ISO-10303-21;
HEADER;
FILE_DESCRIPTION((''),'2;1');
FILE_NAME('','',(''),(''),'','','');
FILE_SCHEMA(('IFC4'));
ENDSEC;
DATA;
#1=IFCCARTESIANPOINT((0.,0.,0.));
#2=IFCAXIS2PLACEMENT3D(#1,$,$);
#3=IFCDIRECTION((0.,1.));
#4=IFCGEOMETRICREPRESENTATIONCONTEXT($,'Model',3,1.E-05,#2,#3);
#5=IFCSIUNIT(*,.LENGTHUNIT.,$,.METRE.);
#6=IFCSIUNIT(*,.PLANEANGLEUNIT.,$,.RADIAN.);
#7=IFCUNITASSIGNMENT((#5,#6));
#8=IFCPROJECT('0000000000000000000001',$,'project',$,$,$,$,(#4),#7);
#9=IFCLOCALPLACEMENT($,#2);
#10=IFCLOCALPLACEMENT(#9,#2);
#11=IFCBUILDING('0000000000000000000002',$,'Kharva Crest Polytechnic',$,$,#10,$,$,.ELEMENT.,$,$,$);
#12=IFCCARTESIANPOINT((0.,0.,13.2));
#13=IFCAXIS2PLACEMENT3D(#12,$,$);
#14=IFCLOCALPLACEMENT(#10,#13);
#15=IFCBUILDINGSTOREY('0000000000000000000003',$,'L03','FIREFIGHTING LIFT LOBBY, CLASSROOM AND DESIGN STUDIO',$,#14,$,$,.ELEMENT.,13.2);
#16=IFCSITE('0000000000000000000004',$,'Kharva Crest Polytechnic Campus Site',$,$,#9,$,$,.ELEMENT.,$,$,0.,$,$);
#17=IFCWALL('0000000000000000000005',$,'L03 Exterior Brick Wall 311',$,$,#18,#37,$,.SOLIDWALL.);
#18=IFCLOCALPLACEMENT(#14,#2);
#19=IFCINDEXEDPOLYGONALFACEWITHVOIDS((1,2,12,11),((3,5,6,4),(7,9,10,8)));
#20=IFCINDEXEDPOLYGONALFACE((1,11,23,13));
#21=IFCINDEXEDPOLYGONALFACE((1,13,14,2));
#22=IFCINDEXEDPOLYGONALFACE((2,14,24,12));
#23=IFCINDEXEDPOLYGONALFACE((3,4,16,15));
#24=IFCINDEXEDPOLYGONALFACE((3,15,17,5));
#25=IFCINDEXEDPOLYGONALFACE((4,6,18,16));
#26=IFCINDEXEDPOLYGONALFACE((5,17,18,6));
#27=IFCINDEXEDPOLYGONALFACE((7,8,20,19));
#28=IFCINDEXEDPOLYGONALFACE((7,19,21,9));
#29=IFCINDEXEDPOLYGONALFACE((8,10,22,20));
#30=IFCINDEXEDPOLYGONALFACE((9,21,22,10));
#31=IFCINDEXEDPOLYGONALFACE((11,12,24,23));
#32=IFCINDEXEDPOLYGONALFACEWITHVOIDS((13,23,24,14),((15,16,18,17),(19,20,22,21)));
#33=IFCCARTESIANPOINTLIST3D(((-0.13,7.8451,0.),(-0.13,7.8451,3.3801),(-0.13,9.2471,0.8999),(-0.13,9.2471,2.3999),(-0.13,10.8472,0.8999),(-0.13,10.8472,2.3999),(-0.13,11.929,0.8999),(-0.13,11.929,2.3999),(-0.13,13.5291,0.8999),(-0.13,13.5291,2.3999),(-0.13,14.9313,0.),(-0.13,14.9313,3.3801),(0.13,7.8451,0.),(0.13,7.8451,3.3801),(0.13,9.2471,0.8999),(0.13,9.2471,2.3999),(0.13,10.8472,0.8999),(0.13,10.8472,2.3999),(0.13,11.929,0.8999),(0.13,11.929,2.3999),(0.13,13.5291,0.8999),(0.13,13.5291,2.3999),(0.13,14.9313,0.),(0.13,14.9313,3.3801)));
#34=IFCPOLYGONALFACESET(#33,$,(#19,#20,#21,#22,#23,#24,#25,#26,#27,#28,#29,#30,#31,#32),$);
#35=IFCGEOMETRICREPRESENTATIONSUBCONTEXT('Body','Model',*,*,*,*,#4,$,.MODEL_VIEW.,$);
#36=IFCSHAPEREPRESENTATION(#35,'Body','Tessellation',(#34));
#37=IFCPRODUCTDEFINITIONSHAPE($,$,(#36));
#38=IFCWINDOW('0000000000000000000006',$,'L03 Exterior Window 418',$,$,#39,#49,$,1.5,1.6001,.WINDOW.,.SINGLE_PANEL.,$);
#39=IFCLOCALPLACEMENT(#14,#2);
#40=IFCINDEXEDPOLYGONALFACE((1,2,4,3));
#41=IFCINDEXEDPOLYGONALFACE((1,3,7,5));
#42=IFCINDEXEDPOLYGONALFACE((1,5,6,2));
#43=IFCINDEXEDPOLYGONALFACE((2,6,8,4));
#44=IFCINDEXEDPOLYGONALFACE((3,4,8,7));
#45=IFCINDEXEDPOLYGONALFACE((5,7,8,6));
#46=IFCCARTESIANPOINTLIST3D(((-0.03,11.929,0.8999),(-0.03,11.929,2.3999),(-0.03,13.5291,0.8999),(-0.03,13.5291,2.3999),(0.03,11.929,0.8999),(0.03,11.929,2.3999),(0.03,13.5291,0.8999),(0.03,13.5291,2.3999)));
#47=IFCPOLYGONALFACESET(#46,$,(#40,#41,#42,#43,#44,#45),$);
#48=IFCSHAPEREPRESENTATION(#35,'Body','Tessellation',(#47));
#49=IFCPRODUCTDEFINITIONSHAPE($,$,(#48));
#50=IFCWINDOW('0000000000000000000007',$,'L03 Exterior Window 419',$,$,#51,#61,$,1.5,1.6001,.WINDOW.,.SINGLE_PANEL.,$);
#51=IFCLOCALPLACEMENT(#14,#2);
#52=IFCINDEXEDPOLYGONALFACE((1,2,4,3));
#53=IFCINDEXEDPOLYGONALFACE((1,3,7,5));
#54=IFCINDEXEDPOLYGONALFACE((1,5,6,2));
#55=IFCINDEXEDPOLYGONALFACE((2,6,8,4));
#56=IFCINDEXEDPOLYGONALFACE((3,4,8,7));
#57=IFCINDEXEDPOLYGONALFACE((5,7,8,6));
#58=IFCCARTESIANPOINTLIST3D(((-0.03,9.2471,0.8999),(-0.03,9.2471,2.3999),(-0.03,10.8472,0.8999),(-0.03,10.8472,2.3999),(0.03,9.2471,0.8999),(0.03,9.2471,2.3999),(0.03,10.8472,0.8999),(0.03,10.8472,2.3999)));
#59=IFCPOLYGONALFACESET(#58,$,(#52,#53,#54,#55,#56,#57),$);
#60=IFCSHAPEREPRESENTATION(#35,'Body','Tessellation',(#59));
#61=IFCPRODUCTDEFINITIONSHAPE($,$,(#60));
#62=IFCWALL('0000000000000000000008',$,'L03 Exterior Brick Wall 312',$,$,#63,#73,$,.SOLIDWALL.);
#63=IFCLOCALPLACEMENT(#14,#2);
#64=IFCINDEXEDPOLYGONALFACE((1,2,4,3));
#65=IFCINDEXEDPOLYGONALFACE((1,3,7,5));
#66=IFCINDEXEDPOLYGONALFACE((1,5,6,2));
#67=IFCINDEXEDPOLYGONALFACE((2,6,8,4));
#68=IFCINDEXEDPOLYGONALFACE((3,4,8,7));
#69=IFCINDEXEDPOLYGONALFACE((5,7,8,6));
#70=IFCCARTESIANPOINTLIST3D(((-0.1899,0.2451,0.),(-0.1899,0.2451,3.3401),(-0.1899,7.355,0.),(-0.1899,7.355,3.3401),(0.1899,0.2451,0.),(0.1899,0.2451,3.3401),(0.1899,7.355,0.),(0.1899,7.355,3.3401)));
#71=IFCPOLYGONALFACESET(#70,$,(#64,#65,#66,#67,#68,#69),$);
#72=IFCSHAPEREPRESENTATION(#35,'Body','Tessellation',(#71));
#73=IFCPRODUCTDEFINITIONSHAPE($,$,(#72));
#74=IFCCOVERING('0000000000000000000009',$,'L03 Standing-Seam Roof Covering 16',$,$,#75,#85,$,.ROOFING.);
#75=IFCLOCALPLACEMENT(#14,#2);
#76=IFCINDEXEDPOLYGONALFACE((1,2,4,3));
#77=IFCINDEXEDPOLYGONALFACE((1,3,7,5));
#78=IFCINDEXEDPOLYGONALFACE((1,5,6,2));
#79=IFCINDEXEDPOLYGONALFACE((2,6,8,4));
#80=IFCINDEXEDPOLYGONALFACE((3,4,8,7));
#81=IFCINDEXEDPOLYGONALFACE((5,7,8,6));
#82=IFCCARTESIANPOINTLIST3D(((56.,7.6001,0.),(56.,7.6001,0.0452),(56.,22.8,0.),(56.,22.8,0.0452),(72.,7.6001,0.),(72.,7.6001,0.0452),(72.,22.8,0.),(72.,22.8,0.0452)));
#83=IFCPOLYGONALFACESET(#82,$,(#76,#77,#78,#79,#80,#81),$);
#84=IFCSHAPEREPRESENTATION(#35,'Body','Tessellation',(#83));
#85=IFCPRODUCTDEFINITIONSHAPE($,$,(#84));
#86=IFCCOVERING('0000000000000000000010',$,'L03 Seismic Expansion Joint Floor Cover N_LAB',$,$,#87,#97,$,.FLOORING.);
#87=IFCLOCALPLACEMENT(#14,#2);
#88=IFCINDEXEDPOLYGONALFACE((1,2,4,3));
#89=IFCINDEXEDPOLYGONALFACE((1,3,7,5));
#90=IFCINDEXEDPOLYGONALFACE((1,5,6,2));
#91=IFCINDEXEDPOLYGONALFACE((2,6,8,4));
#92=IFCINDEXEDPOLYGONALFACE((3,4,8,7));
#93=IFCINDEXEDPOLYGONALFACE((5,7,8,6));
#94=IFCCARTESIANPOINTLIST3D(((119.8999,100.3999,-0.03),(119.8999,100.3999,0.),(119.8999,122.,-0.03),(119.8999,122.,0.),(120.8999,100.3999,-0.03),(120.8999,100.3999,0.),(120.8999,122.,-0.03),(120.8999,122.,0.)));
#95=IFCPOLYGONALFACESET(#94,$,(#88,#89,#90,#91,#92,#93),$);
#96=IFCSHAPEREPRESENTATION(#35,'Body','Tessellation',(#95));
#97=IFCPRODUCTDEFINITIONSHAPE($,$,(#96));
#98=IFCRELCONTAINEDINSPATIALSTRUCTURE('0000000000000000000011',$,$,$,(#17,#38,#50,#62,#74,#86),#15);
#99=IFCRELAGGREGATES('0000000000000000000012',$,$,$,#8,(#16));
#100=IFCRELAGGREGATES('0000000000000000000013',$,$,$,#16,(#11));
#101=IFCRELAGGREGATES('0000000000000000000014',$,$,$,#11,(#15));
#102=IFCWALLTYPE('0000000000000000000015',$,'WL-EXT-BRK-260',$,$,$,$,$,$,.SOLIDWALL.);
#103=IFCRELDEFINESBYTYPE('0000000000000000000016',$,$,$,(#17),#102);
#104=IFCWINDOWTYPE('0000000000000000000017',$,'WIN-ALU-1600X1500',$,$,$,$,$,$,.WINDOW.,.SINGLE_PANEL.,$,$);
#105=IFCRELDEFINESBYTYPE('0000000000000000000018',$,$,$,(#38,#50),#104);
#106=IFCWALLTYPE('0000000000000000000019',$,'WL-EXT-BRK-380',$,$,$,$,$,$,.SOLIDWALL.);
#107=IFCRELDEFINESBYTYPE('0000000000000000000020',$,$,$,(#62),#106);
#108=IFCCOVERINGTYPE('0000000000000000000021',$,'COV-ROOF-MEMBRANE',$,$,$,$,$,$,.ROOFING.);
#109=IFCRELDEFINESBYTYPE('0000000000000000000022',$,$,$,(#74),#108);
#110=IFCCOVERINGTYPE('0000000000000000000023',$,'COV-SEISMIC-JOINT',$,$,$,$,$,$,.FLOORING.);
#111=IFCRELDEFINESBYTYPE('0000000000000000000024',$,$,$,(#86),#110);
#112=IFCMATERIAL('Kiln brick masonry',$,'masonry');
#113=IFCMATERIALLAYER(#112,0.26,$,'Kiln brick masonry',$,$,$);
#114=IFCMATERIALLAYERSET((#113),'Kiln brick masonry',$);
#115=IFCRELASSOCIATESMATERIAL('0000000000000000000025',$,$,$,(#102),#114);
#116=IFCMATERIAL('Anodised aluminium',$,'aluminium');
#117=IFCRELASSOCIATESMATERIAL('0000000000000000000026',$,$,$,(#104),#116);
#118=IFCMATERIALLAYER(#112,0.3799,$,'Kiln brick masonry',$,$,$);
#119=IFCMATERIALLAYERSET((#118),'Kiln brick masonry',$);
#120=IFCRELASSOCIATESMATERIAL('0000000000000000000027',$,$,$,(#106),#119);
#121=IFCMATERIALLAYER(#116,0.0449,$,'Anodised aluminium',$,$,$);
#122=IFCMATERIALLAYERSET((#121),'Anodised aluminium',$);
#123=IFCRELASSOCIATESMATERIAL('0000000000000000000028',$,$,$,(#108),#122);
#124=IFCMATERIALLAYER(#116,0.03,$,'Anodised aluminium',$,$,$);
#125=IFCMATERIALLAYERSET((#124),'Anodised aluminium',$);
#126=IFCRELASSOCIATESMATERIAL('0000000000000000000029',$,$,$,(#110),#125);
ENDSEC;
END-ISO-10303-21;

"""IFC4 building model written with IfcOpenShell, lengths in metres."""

from ifc_helpers import new_model, si_unit, direction, frame, frame_2d, origin, place, context, subcontext, project, spatial, polyline, rectangle, outline, extrude, material, layer, layer_set, type_object, element, fill, save


model = new_model("IFC4")

# Units and contexts
model_context = context("Model", 3, precision=1e-05, world=origin(), true_north=direction((0.0, 1.0)))
body_context = subcontext(model_context, "Body", "Model", "MODEL_VIEW")
ifc_project = project(units=[si_unit("LENGTHUNIT", "METRE"), si_unit("PLANEANGLEUNIT", "RADIAN")], contexts=[model_context])

# Site, building, storey
site_placement = place(None, origin())
site = spatial("IfcSite", under=ifc_project, at=site_placement, Name="Kharva Crest Polytechnic Campus Site", CompositionType="ELEMENT", RefElevation=0.0)
building_placement = place(site_placement, origin())
building = spatial("IfcBuilding", under=site, at=building_placement, Name="Kharva Crest Polytechnic", CompositionType="ELEMENT")
storey_placement = place(building_placement, frame((0.0, 0.0, 13.2)))
storey = spatial("IfcBuildingStorey", under=building, at=storey_placement, Name="L03", Description="FIREFIGHTING LIFT LOBBY, CLASSROOM AND DESIGN STUDIO", CompositionType="ELEMENT", Elevation=13.2)

# Wall, openings, windows
ifc_material_1 = material(Name="Kiln brick masonry", Category="masonry")
ifc_layer_1 = layer(ifc_material_1, 0.26, Name="Kiln brick masonry")
ifc_layer_set_1 = layer_set([ifc_layer_1], Name="Kiln brick masonry")
wall_type_1 = type_object("IfcWallType", Name="WL-EXT-BRK-260", PredefinedType="SOLIDWALL", material=ifc_layer_set_1)
wall_1_placement = place(storey_placement, frame((0.0, 14.9312, 0.0), z_axis=(0.0, 0.0, 1.0), x_axis=(0.0, -1.0, 0.0)))
wall_1 = element("IfcWall", 1, at=wall_1_placement, inside=storey, type_object=wall_type_1, Name="L03 Exterior Brick Wall 311", PredefinedType="SOLIDWALL", context=body_context, shape_type="SweptSolid", body=[
    extrude(rectangle(XDim=7.0862, YDim=0.26, at=frame_2d((3.543, 0.0))), origin(), (0.0, 0.0, 1.0), 3.3801),
])
opening_1_placement = place(wall_1_placement, frame((1.4021, 0.0, 0.8999)))
opening_1 = element("IfcOpeningElement", 2, at=opening_1_placement, cuts=wall_1, PredefinedType="OPENING", context=body_context, shape_type="SweptSolid", body=[
    extrude(rectangle(XDim=1.6001, YDim=1.5, at=frame_2d((0.8, 0.75))), frame((0.0, 0.1399, 0.0), z_axis=(0.0, -1.0, 0.0), x_axis=(1.0, 0.0, 0.0)), (0.0, 0.0, 1.0), 0.28),
])
opening_2_placement = place(wall_1_placement, frame((4.084, 0.0, 0.8999)))
opening_2 = element("IfcOpeningElement", 3, at=opening_2_placement, cuts=wall_1, PredefinedType="OPENING", context=body_context, shape_type="SweptSolid", body=[
    extrude(rectangle(XDim=1.6001, YDim=1.5, at=frame_2d((0.8, 0.75))), frame((0.0, 0.1399, 0.0), z_axis=(0.0, -1.0, 0.0), x_axis=(1.0, 0.0, 0.0)), (0.0, 0.0, 1.0), 0.28),
])
ifc_material_2 = material(Name="Anodised aluminium", Category="aluminium")
window_type = type_object("IfcWindowType", Name="WIN-ALU-1600X1500", PartitioningType="SINGLE_PANEL", PredefinedType="WINDOW", material=ifc_material_2)
window_1_placement = place(opening_1_placement, origin())
window_1 = element("IfcWindow", 4, at=window_1_placement, inside=storey, type_object=window_type, Name="L03 Exterior Window 418", OverallHeight=1.5, OverallWidth=1.6001, PartitioningType="SINGLE_PANEL", PredefinedType="WINDOW", context=body_context, shape_type="SweptSolid", body=[
    extrude(rectangle(XDim=1.6001, YDim=1.5, at=frame_2d((0.8, 0.75))), frame((0.0, 0.03, 0.0), z_axis=(0.0, -1.0, 0.0), x_axis=(1.0, 0.0, 0.0)), (0.0, 0.0, 1.0), 0.0601),
])
fill(opening_1, window_1)
window_2_placement = place(opening_2_placement, origin())
window_2 = element("IfcWindow", 5, at=window_2_placement, inside=storey, type_object=window_type, Name="L03 Exterior Window 419", OverallHeight=1.5, OverallWidth=1.6001, PartitioningType="SINGLE_PANEL", PredefinedType="WINDOW", context=body_context, shape_type="SweptSolid", body=[
    extrude(rectangle(XDim=1.6001, YDim=1.5, at=frame_2d((0.8, 0.75))), frame((0.0, 0.03, 0.0), z_axis=(0.0, -1.0, 0.0), x_axis=(1.0, 0.0, 0.0)), (0.0, 0.0, 1.0), 0.0601),
])
fill(opening_2, window_2)

# Wall
ifc_layer_2 = layer(ifc_material_1, 0.3799, Name="Kiln brick masonry")
ifc_layer_set_2 = layer_set([ifc_layer_2], Name="Kiln brick masonry")
wall_type_2 = type_object("IfcWallType", Name="WL-EXT-BRK-380", PredefinedType="SOLIDWALL", material=ifc_layer_set_2)
wall_2_placement = place(storey_placement, frame((0.0, 7.355, 0.0), z_axis=(0.0, 0.0, 1.0), x_axis=(0.0, -1.0, 0.0)))
element("IfcWall", 6, at=wall_2_placement, inside=storey, type_object=wall_type_2, Name="L03 Exterior Brick Wall 312", PredefinedType="SOLIDWALL", context=body_context, shape_type="SweptSolid", body=[
    extrude(rectangle(XDim=7.1099, YDim=0.3799, at=frame_2d((3.5549, 0.0))), origin(), (0.0, 0.0, 1.0), 3.3401),
])

# Coverings
ifc_layer_3 = layer(ifc_material_2, 0.0449, Name="Anodised aluminium")
ifc_layer_set_3 = layer_set([ifc_layer_3], Name="Anodised aluminium")
covering_type_1 = type_object("IfcCoveringType", Name="COV-ROOF-MEMBRANE", PredefinedType="ROOFING", material=ifc_layer_set_3)
covering_1_placement = place(storey_placement, origin())
element("IfcCovering", 7, at=covering_1_placement, inside=storey, type_object=covering_type_1, Name="L03 Standing-Seam Roof Covering 16", PredefinedType="ROOFING", context=body_context, shape_type="SweptSolid", body=[
    extrude(outline(polyline([(56.0, 7.6001), (72.0, 7.6001), (72.0, 22.8), (56.0, 22.8), (56.0, 7.6001)])), origin(), (0.0, 0.0, 1.0), 0.0452),
])
ifc_layer_4 = layer(ifc_material_2, 0.03, Name="Anodised aluminium")
ifc_layer_set_4 = layer_set([ifc_layer_4], Name="Anodised aluminium")
covering_type_2 = type_object("IfcCoveringType", Name="COV-SEISMIC-JOINT", PredefinedType="FLOORING", material=ifc_layer_set_4)
covering_2_placement = place(storey_placement, frame((0.0, 0.0, -0.03)))
element("IfcCovering", 8, at=covering_2_placement, inside=storey, type_object=covering_type_2, Name="L03 Seismic Expansion Joint Floor Cover N_LAB", PredefinedType="FLOORING", context=body_context, shape_type="SweptSolid", body=[
    extrude(outline(polyline([(119.8999, 100.3999), (120.8999, 100.3999), (120.8999, 122.0), (119.8999, 122.0), (119.8999, 100.3999)])), origin(), (0.0, 0.0, 1.0), 0.03),
])

save(model, "model.ifc")
